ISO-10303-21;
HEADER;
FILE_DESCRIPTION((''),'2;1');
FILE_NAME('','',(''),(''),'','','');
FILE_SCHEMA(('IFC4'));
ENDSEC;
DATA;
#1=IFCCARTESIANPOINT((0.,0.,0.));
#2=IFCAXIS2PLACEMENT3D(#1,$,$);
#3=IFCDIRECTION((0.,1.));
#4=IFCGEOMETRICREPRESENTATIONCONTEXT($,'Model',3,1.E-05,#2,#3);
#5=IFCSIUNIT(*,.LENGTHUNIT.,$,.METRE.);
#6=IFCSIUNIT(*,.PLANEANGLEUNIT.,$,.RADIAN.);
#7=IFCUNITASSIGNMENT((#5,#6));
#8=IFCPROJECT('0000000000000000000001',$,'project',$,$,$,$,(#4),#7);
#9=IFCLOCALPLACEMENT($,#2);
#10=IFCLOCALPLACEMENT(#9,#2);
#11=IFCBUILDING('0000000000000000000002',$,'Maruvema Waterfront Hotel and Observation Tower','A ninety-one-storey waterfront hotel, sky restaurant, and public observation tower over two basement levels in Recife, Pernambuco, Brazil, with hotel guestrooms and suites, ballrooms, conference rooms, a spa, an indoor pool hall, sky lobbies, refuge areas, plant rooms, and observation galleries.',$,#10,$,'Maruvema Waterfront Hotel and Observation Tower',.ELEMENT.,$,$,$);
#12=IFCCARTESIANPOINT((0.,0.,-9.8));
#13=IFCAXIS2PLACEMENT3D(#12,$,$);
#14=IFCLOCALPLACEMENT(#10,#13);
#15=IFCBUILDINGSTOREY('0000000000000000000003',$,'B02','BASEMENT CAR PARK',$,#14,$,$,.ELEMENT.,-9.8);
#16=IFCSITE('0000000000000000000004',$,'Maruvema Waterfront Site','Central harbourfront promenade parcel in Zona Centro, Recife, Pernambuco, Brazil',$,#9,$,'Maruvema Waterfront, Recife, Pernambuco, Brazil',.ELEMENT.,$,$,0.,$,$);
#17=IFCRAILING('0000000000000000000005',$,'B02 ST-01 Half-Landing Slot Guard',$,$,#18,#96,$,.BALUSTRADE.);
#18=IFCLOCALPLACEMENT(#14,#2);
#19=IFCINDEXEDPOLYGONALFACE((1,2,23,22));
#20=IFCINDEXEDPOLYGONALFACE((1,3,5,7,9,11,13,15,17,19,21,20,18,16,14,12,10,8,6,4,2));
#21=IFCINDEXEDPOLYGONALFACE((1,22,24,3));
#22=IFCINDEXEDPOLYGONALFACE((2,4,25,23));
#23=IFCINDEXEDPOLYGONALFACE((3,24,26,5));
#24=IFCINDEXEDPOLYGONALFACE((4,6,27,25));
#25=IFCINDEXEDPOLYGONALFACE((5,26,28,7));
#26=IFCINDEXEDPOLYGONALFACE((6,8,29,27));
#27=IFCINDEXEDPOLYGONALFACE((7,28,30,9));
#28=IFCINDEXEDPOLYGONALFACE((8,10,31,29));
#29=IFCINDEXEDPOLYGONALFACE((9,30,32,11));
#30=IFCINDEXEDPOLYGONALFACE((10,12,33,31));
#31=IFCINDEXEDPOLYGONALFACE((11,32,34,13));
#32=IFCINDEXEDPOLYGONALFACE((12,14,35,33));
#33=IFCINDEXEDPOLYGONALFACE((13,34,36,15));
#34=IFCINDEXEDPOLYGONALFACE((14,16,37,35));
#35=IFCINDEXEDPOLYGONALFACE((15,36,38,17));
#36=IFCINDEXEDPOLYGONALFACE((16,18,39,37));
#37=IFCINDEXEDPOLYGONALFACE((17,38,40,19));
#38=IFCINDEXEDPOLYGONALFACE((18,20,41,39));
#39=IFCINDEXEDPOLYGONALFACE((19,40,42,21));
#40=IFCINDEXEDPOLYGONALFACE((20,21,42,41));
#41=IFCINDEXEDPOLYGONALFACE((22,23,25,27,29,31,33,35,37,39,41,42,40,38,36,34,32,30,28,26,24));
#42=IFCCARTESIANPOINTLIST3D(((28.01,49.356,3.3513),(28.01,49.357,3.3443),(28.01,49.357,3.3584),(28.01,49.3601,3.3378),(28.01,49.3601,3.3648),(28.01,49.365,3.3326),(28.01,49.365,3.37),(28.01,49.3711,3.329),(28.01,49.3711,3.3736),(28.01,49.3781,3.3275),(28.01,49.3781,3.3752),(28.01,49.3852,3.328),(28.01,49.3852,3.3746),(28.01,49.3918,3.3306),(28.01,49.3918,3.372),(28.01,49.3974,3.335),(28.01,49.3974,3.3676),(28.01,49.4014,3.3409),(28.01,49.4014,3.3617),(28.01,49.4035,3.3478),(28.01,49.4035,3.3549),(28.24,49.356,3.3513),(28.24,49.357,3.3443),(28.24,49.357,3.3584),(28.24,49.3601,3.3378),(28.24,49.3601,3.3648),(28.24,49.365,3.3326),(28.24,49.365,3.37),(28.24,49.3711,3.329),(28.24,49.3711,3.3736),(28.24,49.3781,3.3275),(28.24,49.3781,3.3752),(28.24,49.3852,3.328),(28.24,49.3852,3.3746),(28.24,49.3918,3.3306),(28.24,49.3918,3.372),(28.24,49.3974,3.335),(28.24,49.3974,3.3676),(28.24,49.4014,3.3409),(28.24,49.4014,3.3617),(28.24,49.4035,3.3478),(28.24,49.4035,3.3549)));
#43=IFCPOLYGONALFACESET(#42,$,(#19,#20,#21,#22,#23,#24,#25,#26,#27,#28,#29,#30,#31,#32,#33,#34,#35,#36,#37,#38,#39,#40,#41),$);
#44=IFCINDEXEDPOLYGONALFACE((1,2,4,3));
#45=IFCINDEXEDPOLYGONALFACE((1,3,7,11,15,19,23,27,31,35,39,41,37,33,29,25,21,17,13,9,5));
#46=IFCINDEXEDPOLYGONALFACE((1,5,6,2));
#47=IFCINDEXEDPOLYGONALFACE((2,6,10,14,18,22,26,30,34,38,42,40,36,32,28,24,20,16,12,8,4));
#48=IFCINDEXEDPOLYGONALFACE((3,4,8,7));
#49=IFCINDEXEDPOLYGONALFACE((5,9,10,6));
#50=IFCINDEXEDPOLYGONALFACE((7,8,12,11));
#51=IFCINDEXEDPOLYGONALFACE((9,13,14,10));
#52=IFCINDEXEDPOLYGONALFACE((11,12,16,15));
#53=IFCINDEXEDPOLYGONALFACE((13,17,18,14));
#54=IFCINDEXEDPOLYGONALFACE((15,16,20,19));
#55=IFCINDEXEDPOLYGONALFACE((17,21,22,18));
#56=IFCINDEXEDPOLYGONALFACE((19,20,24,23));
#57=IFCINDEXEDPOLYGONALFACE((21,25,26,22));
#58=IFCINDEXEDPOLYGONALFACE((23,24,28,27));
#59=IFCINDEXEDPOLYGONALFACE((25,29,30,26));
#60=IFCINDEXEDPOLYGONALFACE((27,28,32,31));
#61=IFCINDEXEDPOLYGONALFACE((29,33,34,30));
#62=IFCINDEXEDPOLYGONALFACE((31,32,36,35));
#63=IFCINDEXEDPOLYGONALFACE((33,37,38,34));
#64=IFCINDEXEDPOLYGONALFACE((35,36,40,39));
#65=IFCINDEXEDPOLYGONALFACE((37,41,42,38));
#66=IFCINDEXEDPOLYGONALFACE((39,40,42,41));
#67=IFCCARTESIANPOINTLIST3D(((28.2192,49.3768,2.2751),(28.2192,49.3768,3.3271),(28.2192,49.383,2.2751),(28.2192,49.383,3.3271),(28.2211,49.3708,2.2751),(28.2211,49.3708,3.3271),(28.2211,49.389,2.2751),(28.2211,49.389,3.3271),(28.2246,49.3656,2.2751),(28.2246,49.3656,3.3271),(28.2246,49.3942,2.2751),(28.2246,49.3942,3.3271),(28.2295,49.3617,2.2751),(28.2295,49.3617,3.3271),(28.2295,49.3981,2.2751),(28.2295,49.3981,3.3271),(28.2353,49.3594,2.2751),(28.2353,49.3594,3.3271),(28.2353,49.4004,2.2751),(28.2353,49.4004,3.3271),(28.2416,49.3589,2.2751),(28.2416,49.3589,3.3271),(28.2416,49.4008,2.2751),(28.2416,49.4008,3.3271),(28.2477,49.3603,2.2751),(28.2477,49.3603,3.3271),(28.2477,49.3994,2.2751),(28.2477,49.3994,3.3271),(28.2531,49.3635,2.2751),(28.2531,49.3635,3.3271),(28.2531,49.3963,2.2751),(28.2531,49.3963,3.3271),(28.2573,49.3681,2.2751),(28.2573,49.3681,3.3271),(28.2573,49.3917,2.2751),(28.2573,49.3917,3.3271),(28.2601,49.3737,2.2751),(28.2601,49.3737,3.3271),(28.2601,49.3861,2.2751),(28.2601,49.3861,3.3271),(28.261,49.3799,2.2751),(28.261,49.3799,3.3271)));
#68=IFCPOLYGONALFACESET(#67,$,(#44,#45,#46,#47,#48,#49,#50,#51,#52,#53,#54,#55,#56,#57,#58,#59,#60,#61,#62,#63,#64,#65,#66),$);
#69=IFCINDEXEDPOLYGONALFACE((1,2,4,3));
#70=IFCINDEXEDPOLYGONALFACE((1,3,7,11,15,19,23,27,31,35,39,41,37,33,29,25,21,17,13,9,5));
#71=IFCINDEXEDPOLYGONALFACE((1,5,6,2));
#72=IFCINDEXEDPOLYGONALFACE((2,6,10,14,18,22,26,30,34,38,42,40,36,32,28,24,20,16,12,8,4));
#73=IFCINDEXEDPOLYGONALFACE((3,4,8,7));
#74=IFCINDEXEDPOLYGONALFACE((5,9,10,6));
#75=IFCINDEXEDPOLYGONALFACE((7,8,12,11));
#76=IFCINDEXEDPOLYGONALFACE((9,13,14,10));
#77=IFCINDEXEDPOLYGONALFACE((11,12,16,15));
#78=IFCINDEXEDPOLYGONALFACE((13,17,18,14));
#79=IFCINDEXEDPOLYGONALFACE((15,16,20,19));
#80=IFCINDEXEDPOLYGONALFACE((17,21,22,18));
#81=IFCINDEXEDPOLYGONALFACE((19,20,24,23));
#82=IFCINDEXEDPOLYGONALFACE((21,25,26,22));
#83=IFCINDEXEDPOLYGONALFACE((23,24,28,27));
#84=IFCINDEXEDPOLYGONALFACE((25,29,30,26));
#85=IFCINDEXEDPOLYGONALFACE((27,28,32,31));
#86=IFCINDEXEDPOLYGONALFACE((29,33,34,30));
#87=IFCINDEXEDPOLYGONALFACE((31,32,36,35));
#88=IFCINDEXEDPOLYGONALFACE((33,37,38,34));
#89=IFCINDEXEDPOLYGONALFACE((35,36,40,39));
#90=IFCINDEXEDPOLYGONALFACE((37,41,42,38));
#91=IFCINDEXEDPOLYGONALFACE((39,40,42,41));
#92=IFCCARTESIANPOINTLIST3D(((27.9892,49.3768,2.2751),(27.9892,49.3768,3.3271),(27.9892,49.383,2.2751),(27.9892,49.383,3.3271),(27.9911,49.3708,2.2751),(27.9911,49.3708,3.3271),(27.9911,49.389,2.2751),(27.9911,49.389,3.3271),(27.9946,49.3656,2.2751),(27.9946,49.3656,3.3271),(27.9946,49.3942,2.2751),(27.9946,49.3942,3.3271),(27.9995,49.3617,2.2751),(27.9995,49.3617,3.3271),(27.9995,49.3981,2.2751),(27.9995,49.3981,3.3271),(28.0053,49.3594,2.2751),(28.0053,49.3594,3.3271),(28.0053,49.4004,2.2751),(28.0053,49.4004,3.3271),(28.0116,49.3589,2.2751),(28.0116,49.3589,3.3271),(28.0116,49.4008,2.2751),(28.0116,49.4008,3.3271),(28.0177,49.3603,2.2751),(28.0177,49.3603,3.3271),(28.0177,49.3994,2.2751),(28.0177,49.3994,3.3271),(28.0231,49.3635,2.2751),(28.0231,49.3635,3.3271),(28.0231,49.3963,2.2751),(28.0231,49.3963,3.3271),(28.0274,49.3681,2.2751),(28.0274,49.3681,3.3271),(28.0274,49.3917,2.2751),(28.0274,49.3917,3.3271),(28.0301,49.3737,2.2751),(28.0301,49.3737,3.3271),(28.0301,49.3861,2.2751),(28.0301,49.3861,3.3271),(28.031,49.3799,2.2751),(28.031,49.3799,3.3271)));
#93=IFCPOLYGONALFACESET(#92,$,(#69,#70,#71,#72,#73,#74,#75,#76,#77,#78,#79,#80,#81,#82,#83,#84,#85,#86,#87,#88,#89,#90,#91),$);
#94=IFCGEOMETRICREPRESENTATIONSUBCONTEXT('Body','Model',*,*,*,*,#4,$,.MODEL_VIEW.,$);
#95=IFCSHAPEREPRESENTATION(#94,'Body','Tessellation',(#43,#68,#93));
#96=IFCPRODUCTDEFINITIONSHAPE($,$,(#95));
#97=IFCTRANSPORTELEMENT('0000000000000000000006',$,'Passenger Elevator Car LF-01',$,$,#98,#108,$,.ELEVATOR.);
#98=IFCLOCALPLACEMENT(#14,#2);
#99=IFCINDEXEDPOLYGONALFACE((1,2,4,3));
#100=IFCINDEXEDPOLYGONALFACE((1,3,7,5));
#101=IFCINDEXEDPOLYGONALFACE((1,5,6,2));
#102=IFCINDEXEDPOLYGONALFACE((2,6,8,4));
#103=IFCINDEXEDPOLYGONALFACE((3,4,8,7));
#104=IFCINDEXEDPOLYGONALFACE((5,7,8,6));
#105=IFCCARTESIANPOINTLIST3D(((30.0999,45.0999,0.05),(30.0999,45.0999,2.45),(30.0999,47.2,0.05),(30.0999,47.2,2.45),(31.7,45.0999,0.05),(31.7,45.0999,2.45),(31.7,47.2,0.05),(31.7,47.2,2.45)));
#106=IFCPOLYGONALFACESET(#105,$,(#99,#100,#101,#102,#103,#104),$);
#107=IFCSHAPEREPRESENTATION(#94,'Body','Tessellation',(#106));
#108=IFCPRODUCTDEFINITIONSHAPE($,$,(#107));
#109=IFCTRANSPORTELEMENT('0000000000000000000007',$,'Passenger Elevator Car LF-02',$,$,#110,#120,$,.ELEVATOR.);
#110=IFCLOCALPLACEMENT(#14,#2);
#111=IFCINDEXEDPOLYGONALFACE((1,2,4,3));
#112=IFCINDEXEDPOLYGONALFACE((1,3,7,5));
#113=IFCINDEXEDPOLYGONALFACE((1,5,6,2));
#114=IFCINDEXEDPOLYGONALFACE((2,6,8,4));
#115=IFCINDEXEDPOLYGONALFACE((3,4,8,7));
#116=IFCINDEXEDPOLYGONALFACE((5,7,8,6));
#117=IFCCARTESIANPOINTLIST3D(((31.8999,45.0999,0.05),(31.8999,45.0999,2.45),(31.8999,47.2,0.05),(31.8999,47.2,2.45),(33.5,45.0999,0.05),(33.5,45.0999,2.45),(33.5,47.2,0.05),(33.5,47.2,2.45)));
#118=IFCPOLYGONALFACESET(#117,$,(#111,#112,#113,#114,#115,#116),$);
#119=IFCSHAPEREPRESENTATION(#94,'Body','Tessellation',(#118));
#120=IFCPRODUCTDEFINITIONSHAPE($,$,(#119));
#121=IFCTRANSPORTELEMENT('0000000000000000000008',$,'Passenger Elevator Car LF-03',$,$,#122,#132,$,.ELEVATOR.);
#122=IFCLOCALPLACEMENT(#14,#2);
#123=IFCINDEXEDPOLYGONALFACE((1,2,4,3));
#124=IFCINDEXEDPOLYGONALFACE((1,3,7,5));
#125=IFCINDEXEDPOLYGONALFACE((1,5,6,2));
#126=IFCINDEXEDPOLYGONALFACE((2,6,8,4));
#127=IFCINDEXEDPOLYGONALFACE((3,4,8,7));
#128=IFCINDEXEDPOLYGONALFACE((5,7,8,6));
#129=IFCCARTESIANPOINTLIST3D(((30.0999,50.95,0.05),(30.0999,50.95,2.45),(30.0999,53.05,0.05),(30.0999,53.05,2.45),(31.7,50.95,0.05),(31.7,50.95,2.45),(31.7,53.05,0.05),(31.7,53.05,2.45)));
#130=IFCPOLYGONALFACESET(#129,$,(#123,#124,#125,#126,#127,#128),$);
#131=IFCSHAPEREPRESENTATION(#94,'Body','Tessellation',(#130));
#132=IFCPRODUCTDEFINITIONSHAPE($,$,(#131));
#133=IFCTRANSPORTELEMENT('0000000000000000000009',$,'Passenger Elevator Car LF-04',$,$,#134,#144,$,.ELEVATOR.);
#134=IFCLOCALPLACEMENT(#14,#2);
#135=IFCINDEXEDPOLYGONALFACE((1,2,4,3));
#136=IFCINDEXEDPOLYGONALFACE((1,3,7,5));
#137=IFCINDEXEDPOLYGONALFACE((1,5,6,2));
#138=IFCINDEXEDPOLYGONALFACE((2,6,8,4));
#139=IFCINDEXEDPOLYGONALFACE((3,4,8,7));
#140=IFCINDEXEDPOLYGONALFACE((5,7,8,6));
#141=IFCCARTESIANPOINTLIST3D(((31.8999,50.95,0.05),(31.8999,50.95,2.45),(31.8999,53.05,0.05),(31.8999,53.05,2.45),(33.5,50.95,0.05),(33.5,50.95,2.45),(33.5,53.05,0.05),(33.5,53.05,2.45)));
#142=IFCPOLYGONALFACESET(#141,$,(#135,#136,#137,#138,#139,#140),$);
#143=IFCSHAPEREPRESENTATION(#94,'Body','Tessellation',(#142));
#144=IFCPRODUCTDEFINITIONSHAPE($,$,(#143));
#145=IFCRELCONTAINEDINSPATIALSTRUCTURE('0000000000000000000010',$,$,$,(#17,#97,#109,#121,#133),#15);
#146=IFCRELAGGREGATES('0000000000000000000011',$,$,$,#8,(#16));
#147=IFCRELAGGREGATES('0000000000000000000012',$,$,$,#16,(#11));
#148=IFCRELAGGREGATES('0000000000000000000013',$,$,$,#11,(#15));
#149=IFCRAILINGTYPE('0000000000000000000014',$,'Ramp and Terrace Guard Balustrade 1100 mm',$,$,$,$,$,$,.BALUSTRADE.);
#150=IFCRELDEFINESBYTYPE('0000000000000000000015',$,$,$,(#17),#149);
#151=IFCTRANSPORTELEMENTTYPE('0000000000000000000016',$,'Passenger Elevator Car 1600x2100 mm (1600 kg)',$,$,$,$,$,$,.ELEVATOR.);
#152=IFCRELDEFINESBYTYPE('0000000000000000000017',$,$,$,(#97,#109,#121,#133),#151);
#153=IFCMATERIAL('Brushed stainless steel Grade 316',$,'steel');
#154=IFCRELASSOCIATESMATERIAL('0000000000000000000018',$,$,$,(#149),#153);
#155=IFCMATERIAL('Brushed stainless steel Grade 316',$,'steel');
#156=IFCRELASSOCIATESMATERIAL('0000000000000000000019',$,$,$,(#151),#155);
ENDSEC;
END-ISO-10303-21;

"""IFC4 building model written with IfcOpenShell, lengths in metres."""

from ifc_helpers import new_model, si_unit, direction, frame, origin, origin_2d, place, context, subcontext, project, spatial, rectangle, circle, extrude, material, type_object, element, save


model = new_model("IFC4")

# Units and contexts
model_context = context("Model", 3, precision=1e-05, world=origin(), true_north=direction((0.0, 1.0)))
body_context = subcontext(model_context, "Body", "Model", "MODEL_VIEW")
ifc_project = project(units=[si_unit("LENGTHUNIT", "METRE"), si_unit("PLANEANGLEUNIT", "RADIAN")], contexts=[model_context])

# Site, building, storey
site_placement = place(None, origin())
site = spatial("IfcSite", under=ifc_project, at=site_placement, Name="Maruvema Waterfront Site", Description="Central harbourfront promenade parcel in Zona Centro, Recife, Pernambuco, Brazil", LongName="Maruvema Waterfront, Recife, Pernambuco, Brazil", CompositionType="ELEMENT", RefElevation=0.0)
building_placement = place(site_placement, origin())
building = spatial("IfcBuilding", under=site, at=building_placement, Name="Maruvema Waterfront Hotel and Observation Tower", Description="A ninety-one-storey waterfront hotel, sky restaurant, and public observation tower over two basement levels in Recife, Pernambuco, Brazil, with hotel guestrooms and suites, ballrooms, conference rooms, a spa, an indoor pool hall, sky lobbies, refuge areas, plant rooms, and observation galleries.", LongName="Maruvema Waterfront Hotel and Observation Tower", CompositionType="ELEMENT")
storey_placement = place(building_placement, frame((0.0, 0.0, -9.8)))
storey = spatial("IfcBuildingStorey", under=building, at=storey_placement, Name="B02", Description="BASEMENT CAR PARK", CompositionType="ELEMENT", Elevation=-9.8)

# Railing
ifc_material_1 = material(Name="Brushed stainless steel Grade 316", Category="steel")
railing_type_1 = type_object("IfcRailingType", Name="Ramp and Terrace Guard Balustrade 1100 mm", PredefinedType="BALUSTRADE", material=ifc_material_1)
railing_1_placement = place(storey_placement, frame((28.24, 49.3799, 2.2751)))
element("IfcRailing", 1, at=railing_1_placement, inside=storey, type_object=railing_type_1, Name="B02 ST-01 Half-Landing Slot Guard", PredefinedType="BALUSTRADE", context=body_context, shape_type="SweptSolid", body=[
    extrude(circle(Radius=0.0239, at=origin_2d()), frame((0.0, 0.0, 1.0762), z_axis=(-1.0, 0.0, 0.0), x_axis=(0.0, -1.0, 0.0)), (0.0, 0.0, 1.0), 0.23),
    extrude(circle(Radius=0.021, at=origin_2d()), origin(), (0.0, 0.0, 1.0), 1.052),
    extrude(circle(Radius=0.021, at=origin_2d()), frame((-0.23, 0.0, 0.0)), (0.0, 0.0, 1.0), 1.052),
])

# Transport elements
ifc_material_2 = material(Name="Brushed stainless steel Grade 316", Category="steel")
transport_element_type = type_object("IfcTransportElementType", Name="Passenger Elevator Car 1600x2100 mm (1600 kg)", PredefinedType="ELEVATOR", material=ifc_material_2)
for number, where, z_axis, x_axis, name in (
    (2, (30.8999, 46.1499, 0.05), (0.0, 0.0, 1.0), (1.0, 0.0, 0.0), "Passenger Elevator Car LF-01"),
    (3, (32.7, 46.1499, 0.05), (0.0, 0.0, 1.0), (1.0, 0.0, 0.0), "Passenger Elevator Car LF-02"),
    (4, (30.8999, 52.0, 0.05), (0.0, 0.0, 1.0), (1.0, 0.0, 0.0), "Passenger Elevator Car LF-03"),
    (5, (32.7, 52.0, 0.05), (0.0, 0.0, 1.0), (1.0, 0.0, 0.0), "Passenger Elevator Car LF-04"),
):
    element("IfcTransportElement", number, at=place(storey_placement, frame(where, z_axis=z_axis, x_axis=x_axis)), inside=storey, type_object=transport_element_type, Name=name, PredefinedType="ELEVATOR", context=body_context, shape_type="SweptSolid", body=[
        extrude(rectangle(XDim=1.6001, YDim=2.1001, at=origin_2d()), origin(), (0.0, 0.0, 1.0), 2.3999),
    ])

save(model, "model.ifc")
